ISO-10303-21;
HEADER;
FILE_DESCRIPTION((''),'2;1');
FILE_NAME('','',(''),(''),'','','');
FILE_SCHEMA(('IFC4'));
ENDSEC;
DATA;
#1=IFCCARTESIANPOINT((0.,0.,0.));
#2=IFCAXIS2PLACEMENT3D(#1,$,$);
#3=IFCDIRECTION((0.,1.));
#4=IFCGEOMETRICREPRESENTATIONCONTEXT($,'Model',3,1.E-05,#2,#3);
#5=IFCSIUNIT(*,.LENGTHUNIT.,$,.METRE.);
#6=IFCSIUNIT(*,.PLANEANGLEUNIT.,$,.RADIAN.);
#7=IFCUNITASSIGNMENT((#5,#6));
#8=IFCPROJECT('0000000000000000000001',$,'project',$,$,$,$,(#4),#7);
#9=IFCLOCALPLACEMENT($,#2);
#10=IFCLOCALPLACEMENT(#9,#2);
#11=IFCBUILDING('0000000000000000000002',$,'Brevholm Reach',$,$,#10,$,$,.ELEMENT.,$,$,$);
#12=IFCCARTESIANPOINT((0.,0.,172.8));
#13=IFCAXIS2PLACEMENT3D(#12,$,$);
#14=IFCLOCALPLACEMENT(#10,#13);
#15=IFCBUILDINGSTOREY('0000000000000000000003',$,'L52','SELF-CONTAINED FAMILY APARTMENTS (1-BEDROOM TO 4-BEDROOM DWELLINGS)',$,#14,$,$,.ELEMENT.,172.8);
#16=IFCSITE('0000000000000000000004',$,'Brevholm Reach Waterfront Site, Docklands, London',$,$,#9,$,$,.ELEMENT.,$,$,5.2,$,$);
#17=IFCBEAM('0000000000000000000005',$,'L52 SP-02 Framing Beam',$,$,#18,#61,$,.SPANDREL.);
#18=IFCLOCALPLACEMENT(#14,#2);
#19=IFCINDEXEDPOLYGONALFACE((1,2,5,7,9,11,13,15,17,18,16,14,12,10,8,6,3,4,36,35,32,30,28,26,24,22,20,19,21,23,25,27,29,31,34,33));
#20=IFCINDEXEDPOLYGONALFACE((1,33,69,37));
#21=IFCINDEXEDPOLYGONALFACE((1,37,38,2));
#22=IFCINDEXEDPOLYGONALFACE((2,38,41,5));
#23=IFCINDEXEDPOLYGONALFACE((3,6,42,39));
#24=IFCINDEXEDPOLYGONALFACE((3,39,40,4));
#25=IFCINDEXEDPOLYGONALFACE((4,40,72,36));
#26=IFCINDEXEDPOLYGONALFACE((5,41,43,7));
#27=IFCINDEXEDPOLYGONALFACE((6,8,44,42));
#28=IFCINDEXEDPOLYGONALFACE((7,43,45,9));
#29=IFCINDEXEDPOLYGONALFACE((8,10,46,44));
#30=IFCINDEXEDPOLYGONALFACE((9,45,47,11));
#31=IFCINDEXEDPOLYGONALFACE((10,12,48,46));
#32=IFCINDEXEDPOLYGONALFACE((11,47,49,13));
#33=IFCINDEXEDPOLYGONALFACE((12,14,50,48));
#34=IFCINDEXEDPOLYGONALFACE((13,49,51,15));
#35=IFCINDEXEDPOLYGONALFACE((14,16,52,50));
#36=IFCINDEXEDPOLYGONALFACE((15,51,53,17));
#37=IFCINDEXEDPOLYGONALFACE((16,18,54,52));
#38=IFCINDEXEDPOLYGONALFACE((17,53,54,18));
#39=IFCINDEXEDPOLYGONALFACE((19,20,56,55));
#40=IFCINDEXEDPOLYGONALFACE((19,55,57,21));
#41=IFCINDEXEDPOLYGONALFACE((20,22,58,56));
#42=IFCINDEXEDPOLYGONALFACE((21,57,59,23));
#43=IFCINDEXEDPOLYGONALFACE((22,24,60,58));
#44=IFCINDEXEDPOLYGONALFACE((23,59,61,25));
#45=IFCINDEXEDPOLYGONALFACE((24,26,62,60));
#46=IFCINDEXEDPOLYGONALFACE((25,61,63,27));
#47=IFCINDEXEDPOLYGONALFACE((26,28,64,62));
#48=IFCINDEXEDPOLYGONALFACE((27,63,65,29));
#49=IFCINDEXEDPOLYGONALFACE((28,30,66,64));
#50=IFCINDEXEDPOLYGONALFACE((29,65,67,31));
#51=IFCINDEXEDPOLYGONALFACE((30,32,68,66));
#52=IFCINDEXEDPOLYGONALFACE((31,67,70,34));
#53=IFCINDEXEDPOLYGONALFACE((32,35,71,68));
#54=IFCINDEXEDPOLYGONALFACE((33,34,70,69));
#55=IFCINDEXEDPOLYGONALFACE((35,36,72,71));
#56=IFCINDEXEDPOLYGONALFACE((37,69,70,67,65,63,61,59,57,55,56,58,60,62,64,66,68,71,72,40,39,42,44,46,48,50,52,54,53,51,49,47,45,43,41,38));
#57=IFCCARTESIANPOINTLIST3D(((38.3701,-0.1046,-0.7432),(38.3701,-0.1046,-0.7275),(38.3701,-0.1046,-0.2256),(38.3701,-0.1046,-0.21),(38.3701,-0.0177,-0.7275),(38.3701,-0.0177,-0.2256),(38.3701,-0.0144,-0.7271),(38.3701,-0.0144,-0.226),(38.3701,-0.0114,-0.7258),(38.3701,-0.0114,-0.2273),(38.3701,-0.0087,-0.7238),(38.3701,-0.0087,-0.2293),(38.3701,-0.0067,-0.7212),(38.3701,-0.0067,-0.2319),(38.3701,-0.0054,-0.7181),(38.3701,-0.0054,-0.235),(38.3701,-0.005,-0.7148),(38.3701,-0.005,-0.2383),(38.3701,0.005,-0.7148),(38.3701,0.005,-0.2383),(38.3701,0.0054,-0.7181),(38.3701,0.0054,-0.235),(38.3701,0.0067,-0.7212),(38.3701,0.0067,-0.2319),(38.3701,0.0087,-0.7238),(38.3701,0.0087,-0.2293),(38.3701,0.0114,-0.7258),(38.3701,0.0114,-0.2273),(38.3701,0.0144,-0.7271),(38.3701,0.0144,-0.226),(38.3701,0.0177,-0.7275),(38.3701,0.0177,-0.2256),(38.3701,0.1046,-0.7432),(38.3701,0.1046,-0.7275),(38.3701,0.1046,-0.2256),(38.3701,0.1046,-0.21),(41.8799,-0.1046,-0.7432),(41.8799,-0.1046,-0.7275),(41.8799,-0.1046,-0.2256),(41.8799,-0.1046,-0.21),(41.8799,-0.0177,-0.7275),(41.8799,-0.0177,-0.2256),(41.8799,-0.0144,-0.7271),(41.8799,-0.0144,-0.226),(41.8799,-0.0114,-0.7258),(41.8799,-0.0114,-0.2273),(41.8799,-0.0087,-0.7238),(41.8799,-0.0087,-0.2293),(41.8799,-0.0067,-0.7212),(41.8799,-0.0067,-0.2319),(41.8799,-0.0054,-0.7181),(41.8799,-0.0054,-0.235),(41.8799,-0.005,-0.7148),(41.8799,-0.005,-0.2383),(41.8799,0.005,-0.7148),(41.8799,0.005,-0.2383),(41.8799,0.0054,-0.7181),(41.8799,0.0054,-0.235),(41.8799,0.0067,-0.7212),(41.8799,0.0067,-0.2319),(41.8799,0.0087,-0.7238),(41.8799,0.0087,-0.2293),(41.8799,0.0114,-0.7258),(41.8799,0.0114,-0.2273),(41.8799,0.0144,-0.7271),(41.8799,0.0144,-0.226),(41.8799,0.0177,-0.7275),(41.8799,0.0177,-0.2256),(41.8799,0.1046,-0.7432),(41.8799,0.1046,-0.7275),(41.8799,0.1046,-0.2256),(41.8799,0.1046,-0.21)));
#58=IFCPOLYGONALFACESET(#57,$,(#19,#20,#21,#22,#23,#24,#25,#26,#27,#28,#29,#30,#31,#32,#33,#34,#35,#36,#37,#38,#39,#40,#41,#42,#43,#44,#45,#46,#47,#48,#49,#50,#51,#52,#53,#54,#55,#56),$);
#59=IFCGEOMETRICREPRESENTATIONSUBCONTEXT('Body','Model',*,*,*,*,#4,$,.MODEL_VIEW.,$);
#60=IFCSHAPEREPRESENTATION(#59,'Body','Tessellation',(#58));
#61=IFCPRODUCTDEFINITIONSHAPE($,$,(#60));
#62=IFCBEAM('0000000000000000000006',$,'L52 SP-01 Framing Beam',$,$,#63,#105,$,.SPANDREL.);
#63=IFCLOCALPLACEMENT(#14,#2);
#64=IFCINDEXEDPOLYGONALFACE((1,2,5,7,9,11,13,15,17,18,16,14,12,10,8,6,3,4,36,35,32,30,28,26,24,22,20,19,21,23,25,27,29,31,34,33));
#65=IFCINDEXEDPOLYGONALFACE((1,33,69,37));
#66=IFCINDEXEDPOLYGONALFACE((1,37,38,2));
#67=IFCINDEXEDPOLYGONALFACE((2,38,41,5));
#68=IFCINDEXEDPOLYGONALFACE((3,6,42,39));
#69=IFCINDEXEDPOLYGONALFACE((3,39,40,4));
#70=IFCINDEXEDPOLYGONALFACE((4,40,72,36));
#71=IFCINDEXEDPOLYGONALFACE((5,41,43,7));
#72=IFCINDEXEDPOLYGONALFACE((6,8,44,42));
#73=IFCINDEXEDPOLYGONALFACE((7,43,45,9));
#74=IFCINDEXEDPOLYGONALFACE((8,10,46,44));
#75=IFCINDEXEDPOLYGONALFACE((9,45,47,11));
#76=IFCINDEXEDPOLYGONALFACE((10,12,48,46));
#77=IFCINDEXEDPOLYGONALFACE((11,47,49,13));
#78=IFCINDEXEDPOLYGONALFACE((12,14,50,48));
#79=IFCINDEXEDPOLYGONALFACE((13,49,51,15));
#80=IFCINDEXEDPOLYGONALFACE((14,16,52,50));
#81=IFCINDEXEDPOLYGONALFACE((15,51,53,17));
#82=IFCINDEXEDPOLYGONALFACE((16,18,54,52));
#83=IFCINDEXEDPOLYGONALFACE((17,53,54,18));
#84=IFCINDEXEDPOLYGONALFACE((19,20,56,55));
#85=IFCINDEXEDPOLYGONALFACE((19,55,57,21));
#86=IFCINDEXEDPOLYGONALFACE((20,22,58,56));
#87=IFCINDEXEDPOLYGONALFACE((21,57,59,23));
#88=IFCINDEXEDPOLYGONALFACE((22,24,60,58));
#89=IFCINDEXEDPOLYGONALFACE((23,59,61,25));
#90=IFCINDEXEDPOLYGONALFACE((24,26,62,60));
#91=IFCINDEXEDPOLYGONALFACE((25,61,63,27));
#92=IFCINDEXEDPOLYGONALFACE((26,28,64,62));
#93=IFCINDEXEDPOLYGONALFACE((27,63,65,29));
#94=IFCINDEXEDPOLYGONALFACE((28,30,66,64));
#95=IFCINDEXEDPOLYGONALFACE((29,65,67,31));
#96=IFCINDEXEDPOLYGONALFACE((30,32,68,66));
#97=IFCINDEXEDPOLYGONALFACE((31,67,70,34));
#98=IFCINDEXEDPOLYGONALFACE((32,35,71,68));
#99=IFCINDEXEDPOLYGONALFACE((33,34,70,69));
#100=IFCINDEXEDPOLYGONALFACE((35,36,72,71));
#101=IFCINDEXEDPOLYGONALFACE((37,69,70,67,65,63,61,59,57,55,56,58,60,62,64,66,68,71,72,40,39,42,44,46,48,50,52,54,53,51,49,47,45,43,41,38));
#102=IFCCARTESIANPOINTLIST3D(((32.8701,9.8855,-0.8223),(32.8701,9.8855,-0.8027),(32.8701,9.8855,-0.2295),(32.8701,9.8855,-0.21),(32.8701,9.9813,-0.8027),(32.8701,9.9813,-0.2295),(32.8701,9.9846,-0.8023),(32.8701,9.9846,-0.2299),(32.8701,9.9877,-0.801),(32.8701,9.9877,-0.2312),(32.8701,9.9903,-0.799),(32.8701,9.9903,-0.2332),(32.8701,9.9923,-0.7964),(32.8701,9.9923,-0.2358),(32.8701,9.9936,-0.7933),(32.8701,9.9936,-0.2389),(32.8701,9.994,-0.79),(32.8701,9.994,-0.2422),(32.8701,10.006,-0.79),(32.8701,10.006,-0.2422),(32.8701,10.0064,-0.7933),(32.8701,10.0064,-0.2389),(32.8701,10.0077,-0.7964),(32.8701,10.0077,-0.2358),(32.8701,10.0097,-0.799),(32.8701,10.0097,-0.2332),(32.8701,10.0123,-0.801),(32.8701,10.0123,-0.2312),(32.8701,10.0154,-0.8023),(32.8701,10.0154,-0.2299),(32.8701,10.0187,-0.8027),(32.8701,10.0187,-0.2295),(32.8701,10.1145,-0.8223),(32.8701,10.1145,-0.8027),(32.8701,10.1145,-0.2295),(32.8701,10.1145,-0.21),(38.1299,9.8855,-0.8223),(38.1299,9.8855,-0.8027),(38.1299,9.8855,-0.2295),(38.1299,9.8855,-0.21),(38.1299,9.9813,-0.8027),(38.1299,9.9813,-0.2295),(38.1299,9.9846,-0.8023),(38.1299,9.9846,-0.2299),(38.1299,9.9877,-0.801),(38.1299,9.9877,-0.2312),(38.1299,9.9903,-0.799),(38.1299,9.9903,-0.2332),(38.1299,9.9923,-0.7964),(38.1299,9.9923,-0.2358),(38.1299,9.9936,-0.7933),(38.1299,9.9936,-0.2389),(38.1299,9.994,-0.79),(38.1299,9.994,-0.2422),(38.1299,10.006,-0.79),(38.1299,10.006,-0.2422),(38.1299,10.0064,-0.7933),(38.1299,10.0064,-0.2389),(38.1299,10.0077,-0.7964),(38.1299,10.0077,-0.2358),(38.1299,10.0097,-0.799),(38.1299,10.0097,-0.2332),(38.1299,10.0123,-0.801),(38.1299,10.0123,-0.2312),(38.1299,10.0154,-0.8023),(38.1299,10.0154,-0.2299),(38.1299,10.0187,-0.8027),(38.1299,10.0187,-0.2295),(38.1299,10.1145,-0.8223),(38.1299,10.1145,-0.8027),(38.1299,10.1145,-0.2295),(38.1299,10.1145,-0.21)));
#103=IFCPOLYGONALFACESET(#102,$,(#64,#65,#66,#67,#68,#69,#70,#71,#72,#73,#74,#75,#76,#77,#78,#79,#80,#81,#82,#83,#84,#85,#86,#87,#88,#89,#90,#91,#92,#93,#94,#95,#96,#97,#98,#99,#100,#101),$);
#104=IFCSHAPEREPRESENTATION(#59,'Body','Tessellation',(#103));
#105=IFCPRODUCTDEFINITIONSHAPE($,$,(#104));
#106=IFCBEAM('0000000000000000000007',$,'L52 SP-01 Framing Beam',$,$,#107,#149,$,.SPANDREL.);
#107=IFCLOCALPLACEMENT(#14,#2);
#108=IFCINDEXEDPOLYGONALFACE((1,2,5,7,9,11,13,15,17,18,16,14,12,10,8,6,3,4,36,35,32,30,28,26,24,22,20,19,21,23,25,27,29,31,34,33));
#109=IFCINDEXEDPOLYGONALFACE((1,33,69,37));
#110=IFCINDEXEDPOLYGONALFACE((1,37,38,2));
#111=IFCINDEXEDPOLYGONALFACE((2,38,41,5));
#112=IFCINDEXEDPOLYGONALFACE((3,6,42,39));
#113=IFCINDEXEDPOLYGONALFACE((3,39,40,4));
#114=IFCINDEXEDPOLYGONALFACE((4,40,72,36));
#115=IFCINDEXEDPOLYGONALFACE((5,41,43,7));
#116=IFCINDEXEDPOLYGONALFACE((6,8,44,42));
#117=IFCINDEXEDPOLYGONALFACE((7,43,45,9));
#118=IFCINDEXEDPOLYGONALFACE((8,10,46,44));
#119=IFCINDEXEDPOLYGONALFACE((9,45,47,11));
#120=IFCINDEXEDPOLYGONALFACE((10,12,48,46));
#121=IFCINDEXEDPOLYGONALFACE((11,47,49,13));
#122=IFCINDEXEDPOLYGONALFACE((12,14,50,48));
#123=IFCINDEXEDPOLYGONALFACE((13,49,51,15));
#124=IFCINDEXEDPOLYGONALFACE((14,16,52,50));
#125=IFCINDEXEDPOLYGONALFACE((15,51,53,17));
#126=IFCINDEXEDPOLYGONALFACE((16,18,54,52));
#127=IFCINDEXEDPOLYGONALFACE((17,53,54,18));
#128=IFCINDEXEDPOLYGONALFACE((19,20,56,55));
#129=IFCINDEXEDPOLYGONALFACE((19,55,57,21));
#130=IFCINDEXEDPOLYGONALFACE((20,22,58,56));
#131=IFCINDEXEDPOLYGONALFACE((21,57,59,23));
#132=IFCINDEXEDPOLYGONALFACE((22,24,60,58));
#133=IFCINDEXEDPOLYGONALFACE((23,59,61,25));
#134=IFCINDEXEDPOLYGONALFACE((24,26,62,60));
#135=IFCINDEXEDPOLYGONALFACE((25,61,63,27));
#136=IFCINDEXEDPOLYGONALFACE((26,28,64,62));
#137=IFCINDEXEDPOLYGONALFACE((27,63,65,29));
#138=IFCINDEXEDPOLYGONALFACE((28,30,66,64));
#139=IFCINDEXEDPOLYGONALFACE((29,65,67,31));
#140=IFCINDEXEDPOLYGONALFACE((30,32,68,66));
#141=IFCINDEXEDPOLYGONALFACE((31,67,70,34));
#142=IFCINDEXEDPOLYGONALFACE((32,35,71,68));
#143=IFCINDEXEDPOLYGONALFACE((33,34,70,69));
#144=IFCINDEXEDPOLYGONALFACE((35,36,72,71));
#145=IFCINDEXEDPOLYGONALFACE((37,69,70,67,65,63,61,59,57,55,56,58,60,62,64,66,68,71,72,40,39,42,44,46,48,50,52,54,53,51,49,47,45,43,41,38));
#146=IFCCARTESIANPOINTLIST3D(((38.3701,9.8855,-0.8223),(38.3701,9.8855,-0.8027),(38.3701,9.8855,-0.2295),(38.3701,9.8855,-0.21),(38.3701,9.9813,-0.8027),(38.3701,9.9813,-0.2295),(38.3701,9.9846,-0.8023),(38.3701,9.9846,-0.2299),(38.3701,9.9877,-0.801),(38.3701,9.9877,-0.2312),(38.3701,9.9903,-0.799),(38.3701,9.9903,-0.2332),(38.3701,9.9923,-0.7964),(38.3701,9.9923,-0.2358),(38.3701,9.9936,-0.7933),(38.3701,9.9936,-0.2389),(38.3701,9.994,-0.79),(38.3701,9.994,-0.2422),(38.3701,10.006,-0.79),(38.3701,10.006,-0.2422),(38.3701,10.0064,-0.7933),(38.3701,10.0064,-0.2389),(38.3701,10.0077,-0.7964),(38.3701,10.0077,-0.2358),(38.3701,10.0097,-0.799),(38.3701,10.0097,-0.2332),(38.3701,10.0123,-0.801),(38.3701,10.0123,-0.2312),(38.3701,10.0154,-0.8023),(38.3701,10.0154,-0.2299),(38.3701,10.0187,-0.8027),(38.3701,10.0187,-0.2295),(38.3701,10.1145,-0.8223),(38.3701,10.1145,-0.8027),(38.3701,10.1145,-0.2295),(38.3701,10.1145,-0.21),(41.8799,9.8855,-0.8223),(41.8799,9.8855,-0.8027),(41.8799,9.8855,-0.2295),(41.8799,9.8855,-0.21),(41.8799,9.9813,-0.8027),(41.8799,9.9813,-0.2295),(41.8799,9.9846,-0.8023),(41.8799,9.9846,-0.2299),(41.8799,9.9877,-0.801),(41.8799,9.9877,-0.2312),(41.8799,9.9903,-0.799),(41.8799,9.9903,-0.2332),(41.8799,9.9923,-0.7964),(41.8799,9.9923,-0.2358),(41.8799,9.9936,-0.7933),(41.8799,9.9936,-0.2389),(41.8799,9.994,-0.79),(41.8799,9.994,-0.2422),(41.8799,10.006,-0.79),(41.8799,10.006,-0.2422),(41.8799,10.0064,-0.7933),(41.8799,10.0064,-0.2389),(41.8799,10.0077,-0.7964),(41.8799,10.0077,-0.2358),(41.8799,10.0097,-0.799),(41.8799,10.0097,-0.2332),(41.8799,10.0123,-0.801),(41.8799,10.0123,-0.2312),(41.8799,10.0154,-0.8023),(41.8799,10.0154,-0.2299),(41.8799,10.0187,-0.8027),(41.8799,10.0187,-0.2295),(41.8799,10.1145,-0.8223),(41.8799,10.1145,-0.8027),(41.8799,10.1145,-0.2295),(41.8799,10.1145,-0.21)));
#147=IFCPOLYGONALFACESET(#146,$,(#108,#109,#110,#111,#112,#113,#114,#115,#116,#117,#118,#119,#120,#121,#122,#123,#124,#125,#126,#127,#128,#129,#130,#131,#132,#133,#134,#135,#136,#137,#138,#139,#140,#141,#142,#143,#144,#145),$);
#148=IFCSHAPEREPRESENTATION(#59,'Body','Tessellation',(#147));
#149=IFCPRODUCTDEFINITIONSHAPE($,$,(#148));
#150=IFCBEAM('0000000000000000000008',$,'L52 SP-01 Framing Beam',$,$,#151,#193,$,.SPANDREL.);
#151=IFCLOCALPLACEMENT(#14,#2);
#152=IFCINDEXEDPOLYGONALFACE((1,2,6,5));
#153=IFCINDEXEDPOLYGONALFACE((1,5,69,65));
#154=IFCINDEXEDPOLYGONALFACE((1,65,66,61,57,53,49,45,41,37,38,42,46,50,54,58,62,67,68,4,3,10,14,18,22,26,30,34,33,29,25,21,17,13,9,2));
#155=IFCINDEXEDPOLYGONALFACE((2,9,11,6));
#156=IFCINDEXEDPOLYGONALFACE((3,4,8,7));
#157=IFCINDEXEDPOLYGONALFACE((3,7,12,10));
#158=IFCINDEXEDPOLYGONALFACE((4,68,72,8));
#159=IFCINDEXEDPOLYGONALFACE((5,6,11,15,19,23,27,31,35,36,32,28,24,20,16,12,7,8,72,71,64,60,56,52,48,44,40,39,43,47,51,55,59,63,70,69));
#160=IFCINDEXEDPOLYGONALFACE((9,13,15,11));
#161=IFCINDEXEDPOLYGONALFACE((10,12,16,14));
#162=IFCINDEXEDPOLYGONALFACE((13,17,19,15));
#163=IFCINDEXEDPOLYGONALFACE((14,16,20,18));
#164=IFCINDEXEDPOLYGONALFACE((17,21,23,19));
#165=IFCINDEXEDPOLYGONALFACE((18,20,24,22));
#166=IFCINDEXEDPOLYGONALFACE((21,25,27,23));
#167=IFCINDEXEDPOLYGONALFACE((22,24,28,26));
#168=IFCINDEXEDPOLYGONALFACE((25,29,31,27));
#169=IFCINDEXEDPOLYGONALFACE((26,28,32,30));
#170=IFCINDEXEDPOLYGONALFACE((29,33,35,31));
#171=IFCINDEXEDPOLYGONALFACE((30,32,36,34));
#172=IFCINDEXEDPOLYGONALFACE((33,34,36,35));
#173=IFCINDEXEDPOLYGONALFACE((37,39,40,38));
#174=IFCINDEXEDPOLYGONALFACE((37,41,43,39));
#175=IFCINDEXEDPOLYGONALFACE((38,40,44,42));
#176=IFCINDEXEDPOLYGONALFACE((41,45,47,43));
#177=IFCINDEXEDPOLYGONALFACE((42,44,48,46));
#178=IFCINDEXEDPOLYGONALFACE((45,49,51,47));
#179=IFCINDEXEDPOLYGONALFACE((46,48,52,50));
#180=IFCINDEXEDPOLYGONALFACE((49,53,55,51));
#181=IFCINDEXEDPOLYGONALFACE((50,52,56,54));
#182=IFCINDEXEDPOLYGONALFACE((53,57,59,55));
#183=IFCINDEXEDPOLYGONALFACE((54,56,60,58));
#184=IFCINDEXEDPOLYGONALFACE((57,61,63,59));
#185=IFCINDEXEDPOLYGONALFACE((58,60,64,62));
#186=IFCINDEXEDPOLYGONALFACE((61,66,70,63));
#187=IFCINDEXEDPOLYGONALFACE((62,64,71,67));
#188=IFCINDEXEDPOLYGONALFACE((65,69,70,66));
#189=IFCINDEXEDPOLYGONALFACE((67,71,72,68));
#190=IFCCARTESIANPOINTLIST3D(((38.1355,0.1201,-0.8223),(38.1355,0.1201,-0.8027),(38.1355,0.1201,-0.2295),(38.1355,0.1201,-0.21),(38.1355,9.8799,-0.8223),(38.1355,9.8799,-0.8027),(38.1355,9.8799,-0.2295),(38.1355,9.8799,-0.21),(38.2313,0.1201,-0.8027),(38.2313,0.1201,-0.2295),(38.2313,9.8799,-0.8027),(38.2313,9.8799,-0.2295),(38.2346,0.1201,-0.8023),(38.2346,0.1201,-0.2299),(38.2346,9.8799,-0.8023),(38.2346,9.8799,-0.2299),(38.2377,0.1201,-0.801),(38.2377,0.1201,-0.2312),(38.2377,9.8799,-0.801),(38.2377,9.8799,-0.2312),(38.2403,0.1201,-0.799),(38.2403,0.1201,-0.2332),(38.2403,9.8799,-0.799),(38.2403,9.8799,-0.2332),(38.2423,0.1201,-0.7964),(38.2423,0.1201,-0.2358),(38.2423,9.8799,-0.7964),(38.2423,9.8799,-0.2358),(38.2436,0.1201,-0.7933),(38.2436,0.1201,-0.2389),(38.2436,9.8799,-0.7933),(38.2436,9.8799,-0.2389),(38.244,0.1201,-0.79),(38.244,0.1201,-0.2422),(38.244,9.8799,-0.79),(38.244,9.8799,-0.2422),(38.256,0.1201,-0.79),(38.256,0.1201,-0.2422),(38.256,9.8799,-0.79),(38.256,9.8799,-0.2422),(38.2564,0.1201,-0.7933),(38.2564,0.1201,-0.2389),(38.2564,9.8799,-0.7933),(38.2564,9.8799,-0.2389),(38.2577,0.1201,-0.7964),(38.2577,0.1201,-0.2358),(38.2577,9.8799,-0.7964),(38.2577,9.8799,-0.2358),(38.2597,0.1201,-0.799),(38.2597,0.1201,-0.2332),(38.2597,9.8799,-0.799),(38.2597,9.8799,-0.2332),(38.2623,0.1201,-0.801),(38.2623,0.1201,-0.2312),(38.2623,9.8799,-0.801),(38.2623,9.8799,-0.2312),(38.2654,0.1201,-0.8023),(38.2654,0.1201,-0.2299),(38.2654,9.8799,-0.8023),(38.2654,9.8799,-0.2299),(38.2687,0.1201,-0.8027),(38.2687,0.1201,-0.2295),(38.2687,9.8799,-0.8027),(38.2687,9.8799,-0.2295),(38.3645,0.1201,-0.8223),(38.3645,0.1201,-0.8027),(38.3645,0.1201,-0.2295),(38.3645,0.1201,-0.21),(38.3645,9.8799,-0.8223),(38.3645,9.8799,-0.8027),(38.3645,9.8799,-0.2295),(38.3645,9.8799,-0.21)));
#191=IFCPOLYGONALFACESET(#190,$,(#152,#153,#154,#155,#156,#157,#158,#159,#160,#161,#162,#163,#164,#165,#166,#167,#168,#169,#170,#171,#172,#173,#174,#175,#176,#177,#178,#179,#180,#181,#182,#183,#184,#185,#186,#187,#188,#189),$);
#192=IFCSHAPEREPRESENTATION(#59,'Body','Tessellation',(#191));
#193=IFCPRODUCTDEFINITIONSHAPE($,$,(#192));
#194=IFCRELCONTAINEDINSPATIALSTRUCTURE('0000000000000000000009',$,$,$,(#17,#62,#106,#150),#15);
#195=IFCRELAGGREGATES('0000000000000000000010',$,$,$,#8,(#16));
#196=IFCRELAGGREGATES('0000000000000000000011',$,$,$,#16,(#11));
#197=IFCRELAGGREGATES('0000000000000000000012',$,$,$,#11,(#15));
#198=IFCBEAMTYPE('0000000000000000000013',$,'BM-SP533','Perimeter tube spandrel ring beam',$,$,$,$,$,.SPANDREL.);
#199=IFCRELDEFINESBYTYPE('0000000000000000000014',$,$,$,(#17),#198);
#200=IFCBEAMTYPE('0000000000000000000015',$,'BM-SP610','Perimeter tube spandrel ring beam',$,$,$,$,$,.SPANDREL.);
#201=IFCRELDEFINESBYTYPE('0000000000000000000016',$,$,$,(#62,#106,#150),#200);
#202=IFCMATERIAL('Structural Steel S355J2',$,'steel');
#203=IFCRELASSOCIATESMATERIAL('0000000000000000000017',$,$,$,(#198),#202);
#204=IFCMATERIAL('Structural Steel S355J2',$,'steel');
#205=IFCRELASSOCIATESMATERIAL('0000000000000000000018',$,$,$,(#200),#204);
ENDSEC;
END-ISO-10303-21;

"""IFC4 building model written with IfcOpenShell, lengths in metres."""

from ifc_helpers import new_model, si_unit, direction, frame, origin, origin_2d, place, context, subcontext, project, spatial, i_section, extrude, material, material_profile, profile_set, type_object, element, save


model = new_model("IFC4")

# Units and contexts
model_context = context("Model", 3, precision=1e-05, world=origin(), true_north=direction((0.0, 1.0)))
body_context = subcontext(model_context, "Body", "Model", "MODEL_VIEW")
ifc_project = project(units=[si_unit("LENGTHUNIT", "METRE"), si_unit("PLANEANGLEUNIT", "RADIAN")], contexts=[model_context])

# Site, building, storey
site_placement = place(None, origin())
site = spatial("IfcSite", under=ifc_project, at=site_placement, Name="Brevholm Reach Waterfront Site, Docklands, London", CompositionType="ELEMENT", RefElevation=5.2)
building_placement = place(site_placement, origin())
building = spatial("IfcBuilding", under=site, at=building_placement, Name="Brevholm Reach", CompositionType="ELEMENT")
storey_placement = place(building_placement, frame((0.0, 0.0, 172.8)))
storey = spatial("IfcBuildingStorey", under=building, at=storey_placement, Name="L52", Description="SELF-CONTAINED FAMILY APARTMENTS (1-BEDROOM TO 4-BEDROOM DWELLINGS)", CompositionType="ELEMENT", Elevation=172.8)

# Beams
ifc_material_1 = material(Name="Structural Steel S355J2", Category="steel")
ifc_material_profile_1 = material_profile(ifc_material_1, i_section(OverallWidth=0.2092, OverallDepth=0.5332, WebThickness=0.01, FlangeThickness=0.0156, FilletRadius=0.0127, at=origin_2d()), Name="UKB 533x210x92")
ifc_profile_set_1 = profile_set([ifc_material_profile_1], Name="Structural Steel S355J2")
beam_type_1 = type_object("IfcBeamType", Name="BM-SP533", Description="Perimeter tube spandrel ring beam", PredefinedType="SPANDREL", material=ifc_profile_set_1)
beam_1_placement = place(storey_placement, frame((38.3701, 0.0, -0.4766), z_axis=(1.0, 0.0, 0.0), x_axis=(0.0, 1.0, 0.0)))
element("IfcBeam", 1, at=beam_1_placement, inside=storey, type_object=beam_type_1, Name="L52 SP-02 Framing Beam", PredefinedType="SPANDREL", context=body_context, shape_type="SweptSolid", body=[
    extrude(i_section(OverallWidth=0.2092, OverallDepth=0.5332, WebThickness=0.01, FlangeThickness=0.0156, FilletRadius=0.0127, at=origin_2d()), origin(), (0.0, 0.0, 1.0), 3.5098),
])
ifc_material_2 = material(Name="Structural Steel S355J2", Category="steel")
ifc_material_profile_2 = material_profile(ifc_material_2, i_section(OverallWidth=0.229, OverallDepth=0.6123, WebThickness=0.012, FlangeThickness=0.0195, FilletRadius=0.0127, at=origin_2d()), Name="UKB 610x229x125")
ifc_profile_set_2 = profile_set([ifc_material_profile_2], Name="Structural Steel S355J2")
beam_type_2 = type_object("IfcBeamType", Name="BM-SP610", Description="Perimeter tube spandrel ring beam", PredefinedType="SPANDREL", material=ifc_profile_set_2)
beam_2_placement = place(storey_placement, frame((32.8701, 10.0, -0.5161), z_axis=(1.0, 0.0, 0.0), x_axis=(0.0, 1.0, 0.0)))
element("IfcBeam", 2, at=beam_2_placement, inside=storey, type_object=beam_type_2, Name="L52 SP-01 Framing Beam", PredefinedType="SPANDREL", context=body_context, shape_type="SweptSolid", body=[
    extrude(i_section(OverallWidth=0.229, OverallDepth=0.6123, WebThickness=0.012, FlangeThickness=0.0195, FilletRadius=0.0127, at=origin_2d()), origin(), (0.0, 0.0, 1.0), 5.2598),
])
beam_3_placement = place(storey_placement, frame((38.3701, 10.0, -0.5161), z_axis=(1.0, 0.0, 0.0), x_axis=(0.0, 1.0, 0.0)))
element("IfcBeam", 3, at=beam_3_placement, inside=storey, type_object=beam_type_2, Name="L52 SP-01 Framing Beam", PredefinedType="SPANDREL", context=body_context, shape_type="SweptSolid", body=[
    extrude(i_section(OverallWidth=0.229, OverallDepth=0.6123, WebThickness=0.012, FlangeThickness=0.0195, FilletRadius=0.0127, at=origin_2d()), origin(), (0.0, 0.0, 1.0), 3.5098),
])
beam_4_placement = place(storey_placement, frame((38.25, 0.1201, -0.5161), z_axis=(0.0, 1.0, 0.0), x_axis=(-1.0, 0.0, 0.0)))
element("IfcBeam", 4, at=beam_4_placement, inside=storey, type_object=beam_type_2, Name="L52 SP-01 Framing Beam", PredefinedType="SPANDREL", context=body_context, shape_type="SweptSolid", body=[
    extrude(i_section(OverallWidth=0.229, OverallDepth=0.6123, WebThickness=0.012, FlangeThickness=0.0195, FilletRadius=0.0127, at=origin_2d()), origin(), (0.0, 0.0, 1.0), 9.7598),
])

save(model, "model.ifc")
